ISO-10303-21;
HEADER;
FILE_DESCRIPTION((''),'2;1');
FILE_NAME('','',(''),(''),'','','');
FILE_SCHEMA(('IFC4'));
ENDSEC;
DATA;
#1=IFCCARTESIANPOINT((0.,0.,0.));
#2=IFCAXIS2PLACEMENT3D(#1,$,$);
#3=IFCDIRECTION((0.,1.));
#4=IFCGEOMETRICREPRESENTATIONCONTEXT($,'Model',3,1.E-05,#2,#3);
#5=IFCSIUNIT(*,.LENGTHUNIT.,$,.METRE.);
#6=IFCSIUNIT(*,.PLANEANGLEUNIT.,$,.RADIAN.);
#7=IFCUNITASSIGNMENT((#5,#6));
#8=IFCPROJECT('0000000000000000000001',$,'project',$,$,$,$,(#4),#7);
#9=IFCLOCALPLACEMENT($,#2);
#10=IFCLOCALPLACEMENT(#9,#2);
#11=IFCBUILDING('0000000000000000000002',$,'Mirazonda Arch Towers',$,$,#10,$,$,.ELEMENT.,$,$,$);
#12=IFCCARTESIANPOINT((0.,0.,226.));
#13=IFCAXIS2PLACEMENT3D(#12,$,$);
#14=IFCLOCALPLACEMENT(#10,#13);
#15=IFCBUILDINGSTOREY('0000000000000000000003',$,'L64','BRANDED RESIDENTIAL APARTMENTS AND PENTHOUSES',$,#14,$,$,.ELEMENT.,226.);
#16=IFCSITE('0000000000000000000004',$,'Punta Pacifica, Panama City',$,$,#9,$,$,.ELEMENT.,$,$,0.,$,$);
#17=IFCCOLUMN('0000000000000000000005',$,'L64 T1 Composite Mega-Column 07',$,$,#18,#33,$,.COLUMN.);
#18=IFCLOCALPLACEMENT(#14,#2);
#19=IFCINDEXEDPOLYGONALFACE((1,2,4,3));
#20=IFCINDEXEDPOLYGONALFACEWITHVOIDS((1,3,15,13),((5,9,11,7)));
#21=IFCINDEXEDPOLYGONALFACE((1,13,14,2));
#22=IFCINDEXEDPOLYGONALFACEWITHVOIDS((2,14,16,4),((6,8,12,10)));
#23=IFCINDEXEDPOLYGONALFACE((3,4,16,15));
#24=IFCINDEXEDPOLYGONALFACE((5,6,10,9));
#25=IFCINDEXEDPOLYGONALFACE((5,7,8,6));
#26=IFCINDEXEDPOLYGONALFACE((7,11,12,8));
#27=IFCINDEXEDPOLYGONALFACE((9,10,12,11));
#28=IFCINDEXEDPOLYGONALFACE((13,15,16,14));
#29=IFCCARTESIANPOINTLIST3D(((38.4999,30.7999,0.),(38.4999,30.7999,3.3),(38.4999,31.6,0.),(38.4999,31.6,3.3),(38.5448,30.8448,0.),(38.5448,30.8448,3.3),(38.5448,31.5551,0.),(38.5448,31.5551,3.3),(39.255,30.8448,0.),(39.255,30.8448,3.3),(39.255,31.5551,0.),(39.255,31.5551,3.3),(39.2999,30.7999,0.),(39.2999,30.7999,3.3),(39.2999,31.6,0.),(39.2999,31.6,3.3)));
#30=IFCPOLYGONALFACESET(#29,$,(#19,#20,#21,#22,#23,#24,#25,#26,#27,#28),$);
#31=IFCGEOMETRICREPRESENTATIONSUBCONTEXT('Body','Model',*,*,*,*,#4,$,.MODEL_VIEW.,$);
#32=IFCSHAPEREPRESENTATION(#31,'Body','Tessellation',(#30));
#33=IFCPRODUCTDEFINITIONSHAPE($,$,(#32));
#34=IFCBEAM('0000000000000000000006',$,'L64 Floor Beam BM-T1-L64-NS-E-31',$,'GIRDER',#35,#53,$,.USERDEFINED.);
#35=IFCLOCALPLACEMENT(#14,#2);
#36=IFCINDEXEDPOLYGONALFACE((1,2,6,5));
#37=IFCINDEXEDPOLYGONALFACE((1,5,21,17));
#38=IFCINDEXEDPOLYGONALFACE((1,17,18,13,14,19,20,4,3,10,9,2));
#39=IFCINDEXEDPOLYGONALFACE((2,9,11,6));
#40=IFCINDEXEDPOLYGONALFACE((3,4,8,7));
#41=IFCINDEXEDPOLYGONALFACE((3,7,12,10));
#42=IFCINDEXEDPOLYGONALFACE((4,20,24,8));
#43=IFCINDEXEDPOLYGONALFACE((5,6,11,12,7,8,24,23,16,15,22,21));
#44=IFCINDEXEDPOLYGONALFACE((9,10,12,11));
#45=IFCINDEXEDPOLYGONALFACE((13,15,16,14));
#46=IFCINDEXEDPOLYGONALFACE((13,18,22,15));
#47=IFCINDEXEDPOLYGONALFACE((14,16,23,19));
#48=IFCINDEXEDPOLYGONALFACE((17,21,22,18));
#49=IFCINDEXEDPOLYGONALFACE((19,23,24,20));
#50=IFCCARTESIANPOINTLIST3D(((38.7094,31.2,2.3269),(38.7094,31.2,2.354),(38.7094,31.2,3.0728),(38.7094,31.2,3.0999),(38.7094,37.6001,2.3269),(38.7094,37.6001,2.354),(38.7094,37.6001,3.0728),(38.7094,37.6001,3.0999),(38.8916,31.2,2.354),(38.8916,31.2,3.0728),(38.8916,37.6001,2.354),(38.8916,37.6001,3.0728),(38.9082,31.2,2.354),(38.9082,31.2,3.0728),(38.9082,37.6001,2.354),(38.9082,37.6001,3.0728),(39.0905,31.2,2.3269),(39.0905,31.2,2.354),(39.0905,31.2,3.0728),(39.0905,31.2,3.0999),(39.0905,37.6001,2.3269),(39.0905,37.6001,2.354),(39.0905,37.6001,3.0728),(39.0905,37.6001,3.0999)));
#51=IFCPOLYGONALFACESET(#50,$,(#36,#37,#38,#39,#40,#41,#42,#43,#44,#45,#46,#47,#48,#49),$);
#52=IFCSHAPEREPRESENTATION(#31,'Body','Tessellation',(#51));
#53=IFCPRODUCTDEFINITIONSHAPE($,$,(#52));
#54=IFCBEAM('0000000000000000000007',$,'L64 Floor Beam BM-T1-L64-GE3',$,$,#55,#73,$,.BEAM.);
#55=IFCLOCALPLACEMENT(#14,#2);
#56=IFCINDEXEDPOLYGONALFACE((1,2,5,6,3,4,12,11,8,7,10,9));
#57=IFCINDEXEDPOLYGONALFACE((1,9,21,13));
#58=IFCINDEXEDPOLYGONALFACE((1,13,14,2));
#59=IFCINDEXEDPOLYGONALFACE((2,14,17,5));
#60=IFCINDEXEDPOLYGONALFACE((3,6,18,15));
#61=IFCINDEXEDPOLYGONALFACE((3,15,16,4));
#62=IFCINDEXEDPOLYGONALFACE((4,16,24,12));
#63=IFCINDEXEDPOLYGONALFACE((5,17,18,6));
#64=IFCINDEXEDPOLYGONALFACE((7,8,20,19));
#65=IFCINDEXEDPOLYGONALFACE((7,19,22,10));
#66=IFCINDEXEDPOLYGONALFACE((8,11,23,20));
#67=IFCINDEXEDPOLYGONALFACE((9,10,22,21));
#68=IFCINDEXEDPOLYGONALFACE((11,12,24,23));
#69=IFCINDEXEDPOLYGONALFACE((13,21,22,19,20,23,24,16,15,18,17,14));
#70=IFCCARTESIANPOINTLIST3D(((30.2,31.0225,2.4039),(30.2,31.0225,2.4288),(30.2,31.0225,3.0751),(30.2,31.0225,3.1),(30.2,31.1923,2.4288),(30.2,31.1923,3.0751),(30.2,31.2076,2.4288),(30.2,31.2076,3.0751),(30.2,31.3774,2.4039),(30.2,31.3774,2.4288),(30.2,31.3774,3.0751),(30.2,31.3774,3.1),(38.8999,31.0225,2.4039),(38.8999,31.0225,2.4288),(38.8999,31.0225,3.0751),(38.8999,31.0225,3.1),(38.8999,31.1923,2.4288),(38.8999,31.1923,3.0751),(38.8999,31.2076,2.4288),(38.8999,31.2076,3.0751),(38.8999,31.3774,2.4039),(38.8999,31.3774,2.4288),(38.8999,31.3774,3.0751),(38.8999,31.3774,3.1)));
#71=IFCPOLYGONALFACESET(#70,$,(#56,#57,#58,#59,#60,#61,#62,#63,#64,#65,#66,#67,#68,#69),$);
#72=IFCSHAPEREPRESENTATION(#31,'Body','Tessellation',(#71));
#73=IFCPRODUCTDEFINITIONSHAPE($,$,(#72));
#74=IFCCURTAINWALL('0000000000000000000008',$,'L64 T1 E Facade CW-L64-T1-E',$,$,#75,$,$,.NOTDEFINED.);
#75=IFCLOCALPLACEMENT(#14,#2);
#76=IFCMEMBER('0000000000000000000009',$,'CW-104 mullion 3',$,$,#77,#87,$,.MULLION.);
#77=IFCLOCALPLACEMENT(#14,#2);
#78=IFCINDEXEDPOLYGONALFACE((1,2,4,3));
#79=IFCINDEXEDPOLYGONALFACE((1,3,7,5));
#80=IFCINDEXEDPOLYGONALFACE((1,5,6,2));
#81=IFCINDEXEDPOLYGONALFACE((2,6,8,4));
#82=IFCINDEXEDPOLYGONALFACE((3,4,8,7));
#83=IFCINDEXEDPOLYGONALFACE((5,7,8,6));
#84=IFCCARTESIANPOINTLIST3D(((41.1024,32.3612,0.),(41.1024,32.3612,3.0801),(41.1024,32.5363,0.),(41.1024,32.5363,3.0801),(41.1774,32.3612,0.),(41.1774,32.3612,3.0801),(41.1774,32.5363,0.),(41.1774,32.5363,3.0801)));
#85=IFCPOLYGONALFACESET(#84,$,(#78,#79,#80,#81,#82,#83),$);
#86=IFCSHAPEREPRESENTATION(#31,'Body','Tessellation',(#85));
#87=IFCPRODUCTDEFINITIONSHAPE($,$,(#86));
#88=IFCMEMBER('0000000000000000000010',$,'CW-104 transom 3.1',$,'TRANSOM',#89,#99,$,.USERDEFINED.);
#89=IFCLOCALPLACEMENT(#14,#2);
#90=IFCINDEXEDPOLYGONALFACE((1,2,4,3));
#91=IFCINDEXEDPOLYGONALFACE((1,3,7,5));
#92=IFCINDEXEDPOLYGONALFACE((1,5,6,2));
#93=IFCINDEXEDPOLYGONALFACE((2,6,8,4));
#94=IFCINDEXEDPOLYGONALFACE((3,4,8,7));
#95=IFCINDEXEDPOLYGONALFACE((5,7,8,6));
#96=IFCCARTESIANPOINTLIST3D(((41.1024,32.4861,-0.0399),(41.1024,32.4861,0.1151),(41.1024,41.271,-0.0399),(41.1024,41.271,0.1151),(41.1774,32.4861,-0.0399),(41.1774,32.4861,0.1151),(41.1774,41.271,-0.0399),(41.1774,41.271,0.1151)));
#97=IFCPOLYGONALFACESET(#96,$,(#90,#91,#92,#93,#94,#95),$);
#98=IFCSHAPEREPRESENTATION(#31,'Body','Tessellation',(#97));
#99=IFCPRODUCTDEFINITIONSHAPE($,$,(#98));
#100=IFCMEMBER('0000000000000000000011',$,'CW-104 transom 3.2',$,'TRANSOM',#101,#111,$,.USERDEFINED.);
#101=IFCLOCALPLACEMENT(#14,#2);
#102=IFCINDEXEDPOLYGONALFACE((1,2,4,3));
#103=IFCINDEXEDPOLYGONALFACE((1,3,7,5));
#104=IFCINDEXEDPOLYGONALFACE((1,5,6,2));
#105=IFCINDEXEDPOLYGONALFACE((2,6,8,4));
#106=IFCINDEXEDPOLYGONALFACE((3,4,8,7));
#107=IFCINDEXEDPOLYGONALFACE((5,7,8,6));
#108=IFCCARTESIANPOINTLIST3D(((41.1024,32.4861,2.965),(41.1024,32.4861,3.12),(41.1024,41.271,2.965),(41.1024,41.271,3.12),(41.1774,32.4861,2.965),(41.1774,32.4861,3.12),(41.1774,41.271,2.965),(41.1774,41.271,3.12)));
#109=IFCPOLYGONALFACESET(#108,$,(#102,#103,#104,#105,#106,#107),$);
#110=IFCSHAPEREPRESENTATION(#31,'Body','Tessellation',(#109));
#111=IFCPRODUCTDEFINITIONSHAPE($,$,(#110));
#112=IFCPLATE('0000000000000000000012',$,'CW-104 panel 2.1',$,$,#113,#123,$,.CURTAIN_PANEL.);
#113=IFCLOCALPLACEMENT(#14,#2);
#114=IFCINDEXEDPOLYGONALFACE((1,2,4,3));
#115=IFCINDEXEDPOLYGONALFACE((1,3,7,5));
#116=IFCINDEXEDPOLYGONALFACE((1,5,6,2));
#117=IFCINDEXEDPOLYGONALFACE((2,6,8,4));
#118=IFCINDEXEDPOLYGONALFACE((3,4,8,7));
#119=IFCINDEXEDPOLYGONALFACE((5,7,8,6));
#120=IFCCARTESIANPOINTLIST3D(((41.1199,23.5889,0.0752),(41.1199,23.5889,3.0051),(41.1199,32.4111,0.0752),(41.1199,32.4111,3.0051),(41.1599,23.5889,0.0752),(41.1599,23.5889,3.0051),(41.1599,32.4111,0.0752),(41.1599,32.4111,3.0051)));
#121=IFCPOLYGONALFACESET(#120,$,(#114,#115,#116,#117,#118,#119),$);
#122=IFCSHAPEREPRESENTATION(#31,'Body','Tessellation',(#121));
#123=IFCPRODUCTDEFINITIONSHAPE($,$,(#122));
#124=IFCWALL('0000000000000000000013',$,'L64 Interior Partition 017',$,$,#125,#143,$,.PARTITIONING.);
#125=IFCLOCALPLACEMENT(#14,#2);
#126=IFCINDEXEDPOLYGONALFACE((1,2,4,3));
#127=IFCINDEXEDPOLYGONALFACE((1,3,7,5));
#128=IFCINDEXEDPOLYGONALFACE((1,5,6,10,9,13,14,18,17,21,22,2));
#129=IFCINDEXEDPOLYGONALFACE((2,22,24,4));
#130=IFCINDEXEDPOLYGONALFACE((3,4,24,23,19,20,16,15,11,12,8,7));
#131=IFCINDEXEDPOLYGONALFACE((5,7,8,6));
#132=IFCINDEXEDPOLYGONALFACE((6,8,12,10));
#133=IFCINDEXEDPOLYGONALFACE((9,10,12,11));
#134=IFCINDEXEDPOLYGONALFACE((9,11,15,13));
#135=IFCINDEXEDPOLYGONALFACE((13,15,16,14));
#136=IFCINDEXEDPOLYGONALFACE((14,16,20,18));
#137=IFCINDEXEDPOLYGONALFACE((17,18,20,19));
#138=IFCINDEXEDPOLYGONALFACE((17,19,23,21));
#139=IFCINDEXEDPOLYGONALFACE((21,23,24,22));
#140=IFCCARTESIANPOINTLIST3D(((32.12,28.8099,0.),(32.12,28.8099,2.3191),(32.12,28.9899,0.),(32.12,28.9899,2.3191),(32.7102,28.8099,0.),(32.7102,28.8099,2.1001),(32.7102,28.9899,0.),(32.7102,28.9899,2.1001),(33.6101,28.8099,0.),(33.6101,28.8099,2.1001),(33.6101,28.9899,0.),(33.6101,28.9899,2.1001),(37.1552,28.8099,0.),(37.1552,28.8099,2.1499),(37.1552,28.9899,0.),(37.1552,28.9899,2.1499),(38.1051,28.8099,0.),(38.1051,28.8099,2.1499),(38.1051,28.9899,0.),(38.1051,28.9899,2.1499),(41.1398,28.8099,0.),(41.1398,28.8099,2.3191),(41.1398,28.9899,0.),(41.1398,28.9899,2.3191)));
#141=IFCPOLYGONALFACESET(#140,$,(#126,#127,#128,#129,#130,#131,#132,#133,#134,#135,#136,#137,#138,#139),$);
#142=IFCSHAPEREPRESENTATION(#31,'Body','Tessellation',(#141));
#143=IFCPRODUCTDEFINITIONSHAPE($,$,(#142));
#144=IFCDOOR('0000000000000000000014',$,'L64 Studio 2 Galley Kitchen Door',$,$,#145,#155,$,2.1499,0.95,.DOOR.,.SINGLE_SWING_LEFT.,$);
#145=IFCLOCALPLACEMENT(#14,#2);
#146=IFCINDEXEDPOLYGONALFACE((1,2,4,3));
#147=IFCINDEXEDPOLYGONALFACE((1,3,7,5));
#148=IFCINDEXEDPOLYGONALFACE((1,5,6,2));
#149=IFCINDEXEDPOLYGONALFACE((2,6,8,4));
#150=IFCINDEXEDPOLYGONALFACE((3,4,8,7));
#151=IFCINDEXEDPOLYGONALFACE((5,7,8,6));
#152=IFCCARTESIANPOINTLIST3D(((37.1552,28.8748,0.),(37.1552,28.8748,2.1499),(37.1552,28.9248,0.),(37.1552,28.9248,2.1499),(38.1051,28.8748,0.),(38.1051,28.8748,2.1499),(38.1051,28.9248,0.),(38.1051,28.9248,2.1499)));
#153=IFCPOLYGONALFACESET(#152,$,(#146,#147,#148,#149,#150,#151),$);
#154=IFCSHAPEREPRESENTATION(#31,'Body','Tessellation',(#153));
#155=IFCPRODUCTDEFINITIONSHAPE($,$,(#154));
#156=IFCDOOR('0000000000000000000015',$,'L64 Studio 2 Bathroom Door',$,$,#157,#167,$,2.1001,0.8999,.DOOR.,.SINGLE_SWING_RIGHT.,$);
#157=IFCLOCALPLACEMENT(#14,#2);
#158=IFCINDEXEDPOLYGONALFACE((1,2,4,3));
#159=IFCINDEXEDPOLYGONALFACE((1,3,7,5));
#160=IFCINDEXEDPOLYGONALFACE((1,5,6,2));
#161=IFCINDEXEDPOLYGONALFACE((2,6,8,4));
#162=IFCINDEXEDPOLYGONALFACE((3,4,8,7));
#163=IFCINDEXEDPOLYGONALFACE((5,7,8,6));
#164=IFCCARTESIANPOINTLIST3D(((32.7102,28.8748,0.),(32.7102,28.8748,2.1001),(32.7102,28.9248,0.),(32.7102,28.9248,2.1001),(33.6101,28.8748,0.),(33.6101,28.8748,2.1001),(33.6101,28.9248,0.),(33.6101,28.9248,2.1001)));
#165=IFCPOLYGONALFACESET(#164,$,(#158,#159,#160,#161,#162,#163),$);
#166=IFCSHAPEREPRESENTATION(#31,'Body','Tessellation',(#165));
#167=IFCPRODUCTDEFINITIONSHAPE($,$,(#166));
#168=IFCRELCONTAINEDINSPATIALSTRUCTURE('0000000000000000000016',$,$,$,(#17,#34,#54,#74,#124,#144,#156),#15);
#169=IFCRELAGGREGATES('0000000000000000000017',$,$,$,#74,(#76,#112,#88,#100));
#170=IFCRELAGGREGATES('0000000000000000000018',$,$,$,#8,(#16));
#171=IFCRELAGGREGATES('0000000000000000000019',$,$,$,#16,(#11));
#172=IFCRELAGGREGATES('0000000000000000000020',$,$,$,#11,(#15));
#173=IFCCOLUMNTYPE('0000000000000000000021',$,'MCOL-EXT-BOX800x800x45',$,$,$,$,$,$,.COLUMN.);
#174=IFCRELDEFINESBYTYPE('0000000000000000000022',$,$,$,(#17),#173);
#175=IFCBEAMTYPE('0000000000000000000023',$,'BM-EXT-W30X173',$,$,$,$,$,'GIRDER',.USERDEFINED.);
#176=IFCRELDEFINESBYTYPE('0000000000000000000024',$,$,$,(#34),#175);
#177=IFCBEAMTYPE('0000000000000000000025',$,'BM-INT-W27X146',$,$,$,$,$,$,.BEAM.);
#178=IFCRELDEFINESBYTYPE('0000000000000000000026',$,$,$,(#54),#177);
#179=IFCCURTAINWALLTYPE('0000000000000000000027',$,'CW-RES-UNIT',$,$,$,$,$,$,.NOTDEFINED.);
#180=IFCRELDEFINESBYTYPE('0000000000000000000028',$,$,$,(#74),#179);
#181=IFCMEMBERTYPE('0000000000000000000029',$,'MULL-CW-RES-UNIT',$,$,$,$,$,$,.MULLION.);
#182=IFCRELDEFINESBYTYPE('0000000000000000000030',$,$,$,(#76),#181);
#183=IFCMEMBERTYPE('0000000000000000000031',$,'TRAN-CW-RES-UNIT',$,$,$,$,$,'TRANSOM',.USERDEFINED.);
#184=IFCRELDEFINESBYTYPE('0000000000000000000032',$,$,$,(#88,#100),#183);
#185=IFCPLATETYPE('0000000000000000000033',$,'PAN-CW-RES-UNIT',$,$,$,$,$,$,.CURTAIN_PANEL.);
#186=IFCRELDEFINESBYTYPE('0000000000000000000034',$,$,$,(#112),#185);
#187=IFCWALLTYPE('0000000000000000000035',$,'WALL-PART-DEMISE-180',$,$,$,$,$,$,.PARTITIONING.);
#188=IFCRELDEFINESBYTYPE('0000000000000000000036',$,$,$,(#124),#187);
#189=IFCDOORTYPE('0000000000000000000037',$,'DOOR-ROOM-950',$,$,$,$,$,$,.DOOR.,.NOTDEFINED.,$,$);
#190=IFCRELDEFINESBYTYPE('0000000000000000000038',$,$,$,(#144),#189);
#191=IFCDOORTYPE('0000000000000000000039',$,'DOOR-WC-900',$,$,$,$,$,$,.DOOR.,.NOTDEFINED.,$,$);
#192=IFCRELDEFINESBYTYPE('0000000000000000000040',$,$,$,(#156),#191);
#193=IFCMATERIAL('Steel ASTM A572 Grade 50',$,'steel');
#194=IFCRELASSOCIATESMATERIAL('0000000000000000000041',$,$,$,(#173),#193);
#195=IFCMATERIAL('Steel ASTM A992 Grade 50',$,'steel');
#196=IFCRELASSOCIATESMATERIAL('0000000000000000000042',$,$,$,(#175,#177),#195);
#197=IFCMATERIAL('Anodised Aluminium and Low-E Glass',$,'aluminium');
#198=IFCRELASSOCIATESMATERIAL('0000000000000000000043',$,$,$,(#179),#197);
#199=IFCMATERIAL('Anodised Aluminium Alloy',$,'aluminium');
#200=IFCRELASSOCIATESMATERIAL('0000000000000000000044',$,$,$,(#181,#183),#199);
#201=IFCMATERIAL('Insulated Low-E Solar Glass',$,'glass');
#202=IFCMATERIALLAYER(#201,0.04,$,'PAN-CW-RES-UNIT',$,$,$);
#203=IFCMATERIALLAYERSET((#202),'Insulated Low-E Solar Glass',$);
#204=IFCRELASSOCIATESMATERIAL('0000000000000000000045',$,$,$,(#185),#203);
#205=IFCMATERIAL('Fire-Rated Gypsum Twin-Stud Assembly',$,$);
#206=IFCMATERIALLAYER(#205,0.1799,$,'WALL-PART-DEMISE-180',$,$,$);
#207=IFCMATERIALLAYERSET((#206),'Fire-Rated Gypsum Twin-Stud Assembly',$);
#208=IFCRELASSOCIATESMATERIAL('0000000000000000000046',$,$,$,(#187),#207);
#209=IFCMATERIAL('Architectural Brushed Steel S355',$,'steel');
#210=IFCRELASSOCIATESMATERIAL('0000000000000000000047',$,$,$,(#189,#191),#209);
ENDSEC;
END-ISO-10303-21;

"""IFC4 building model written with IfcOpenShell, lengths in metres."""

from ifc_helpers import new_model, si_unit, direction, frame, frame_2d, origin, origin_2d, place, context, subcontext, project, spatial, rectangle, hollow_rectangle, i_section, extrude, material, layer, layer_set, material_profile, profile_set, type_object, element, fill, aggregate, save


model = new_model("IFC4")

# Units and contexts
model_context = context("Model", 3, precision=1e-05, world=origin(), true_north=direction((0.0, 1.0)))
body_context = subcontext(model_context, "Body", "Model", "MODEL_VIEW")
ifc_project = project(units=[si_unit("LENGTHUNIT", "METRE"), si_unit("PLANEANGLEUNIT", "RADIAN")], contexts=[model_context])

# Site, building, storey
site_placement = place(None, origin())
site = spatial("IfcSite", under=ifc_project, at=site_placement, Name="Punta Pacifica, Panama City", CompositionType="ELEMENT", RefElevation=0.0)
building_placement = place(site_placement, origin())
building = spatial("IfcBuilding", under=site, at=building_placement, Name="Mirazonda Arch Towers", CompositionType="ELEMENT")
storey_placement = place(building_placement, frame((0.0, 0.0, 226.0)))
storey = spatial("IfcBuildingStorey", under=building, at=storey_placement, Name="L64", Description="BRANDED RESIDENTIAL APARTMENTS AND PENTHOUSES", CompositionType="ELEMENT", Elevation=226.0)

# Column
ifc_material_1 = material(Name="Steel ASTM A572 Grade 50", Category="steel")
ifc_material_profile_1 = material_profile(ifc_material_1, hollow_rectangle(XDim=0.8, YDim=0.8, WallThickness=0.0449, at=origin_2d()), Name="BOX800x800x45")
ifc_profile_set_1 = profile_set([ifc_material_profile_1], Name="Steel ASTM A572 Grade 50")
column_type = type_object("IfcColumnType", Name="MCOL-EXT-BOX800x800x45", PredefinedType="COLUMN", material=ifc_profile_set_1)
column_placement = place(storey_placement, frame((38.8999, 31.2, 0.0), z_axis=(0.0, 0.0, 1.0), x_axis=(1.0, 0.0, 0.0)))
element("IfcColumn", 1, at=column_placement, inside=storey, type_object=column_type, Name="L64 T1 Composite Mega-Column 07", PredefinedType="COLUMN", context=body_context, shape_type="SweptSolid", body=[
    extrude(hollow_rectangle(XDim=0.8, YDim=0.8, WallThickness=0.0449, at=origin_2d()), origin(), (0.0, 0.0, 1.0), 3.3),
])

# Beams
ifc_material_2 = material(Name="Steel ASTM A992 Grade 50", Category="steel")
ifc_material_profile_2 = material_profile(ifc_material_2, i_section(OverallWidth=0.3811, OverallDepth=0.7729, WebThickness=0.0166, FlangeThickness=0.0271, at=origin_2d()), Name="W30X173")
ifc_profile_set_2 = profile_set([ifc_material_profile_2], Name="Steel ASTM A992 Grade 50")
beam_type_1 = type_object("IfcBeamType", Name="BM-EXT-W30X173", ElementType="GIRDER", PredefinedType="USERDEFINED", material=ifc_profile_set_2)
beam_1_placement = place(storey_placement, frame((38.8999, 31.2, 2.7134), z_axis=(0.0, 1.0, 0.0), x_axis=(-1.0, 0.0, 0.0)))
element("IfcBeam", 2, at=beam_1_placement, inside=storey, type_object=beam_type_1, Name="L64 Floor Beam BM-T1-L64-NS-E-31", ObjectType="GIRDER", PredefinedType="USERDEFINED", context=body_context, shape_type="SweptSolid", body=[
    extrude(i_section(OverallWidth=0.3811, OverallDepth=0.7729, WebThickness=0.0166, FlangeThickness=0.0271, at=origin_2d()), origin(), (0.0, 0.0, 1.0), 6.4001),
])
ifc_material_profile_3 = material_profile(ifc_material_2, i_section(OverallWidth=0.355, OverallDepth=0.696, WebThickness=0.0154, FlangeThickness=0.0249, at=origin_2d()), Name="W27X146")
ifc_profile_set_3 = profile_set([ifc_material_profile_3], Name="Steel ASTM A992 Grade 50")
beam_type_2 = type_object("IfcBeamType", Name="BM-INT-W27X146", PredefinedType="BEAM", material=ifc_profile_set_3)
beam_2_placement = place(storey_placement, frame((30.2, 31.2, 2.752), z_axis=(1.0, 0.0, 0.0), x_axis=(0.0, 1.0, 0.0)))
element("IfcBeam", 3, at=beam_2_placement, inside=storey, type_object=beam_type_2, Name="L64 Floor Beam BM-T1-L64-GE3", PredefinedType="BEAM", context=body_context, shape_type="SweptSolid", body=[
    extrude(i_section(OverallWidth=0.355, OverallDepth=0.696, WebThickness=0.0154, FlangeThickness=0.0249, at=origin_2d()), origin(), (0.0, 0.0, 1.0), 8.7),
])

# Curtain wall, members, plate
ifc_material_3 = material(Name="Anodised Aluminium and Low-E Glass", Category="aluminium")
curtain_wall_type = type_object("IfcCurtainWallType", Name="CW-RES-UNIT", PredefinedType="NOTDEFINED", material=ifc_material_3)
curtain_wall_placement = place(storey_placement, origin())
curtain_wall = element("IfcCurtainWall", 4, at=curtain_wall_placement, inside=storey, type_object=curtain_wall_type, Name="L64 T1 E Facade CW-L64-T1-E", PredefinedType="NOTDEFINED")
ifc_material_4 = material(Name="Anodised Aluminium Alloy", Category="aluminium")
ifc_material_profile_4 = material_profile(ifc_material_4, rectangle(XDim=0.075, YDim=0.175, at=origin_2d()), Name="ALU-MULL-75x175")
ifc_profile_set_4 = profile_set([ifc_material_profile_4], Name="Anodised Aluminium Alloy")
member_type_1 = type_object("IfcMemberType", Name="MULL-CW-RES-UNIT", PredefinedType="MULLION", material=ifc_profile_set_4)
member_1_placement = place(storey_placement, frame((41.1399, 32.4487, 0.0), z_axis=(0.0, 0.0, 1.0), x_axis=(-1.0, 0.0, 0.0)))
member_1 = element("IfcMember", 5, at=member_1_placement, type_object=member_type_1, Name="CW-104 mullion 3", PredefinedType="MULLION", context=body_context, shape_type="SweptSolid", body=[
    extrude(rectangle(XDim=0.075, YDim=0.175, at=origin_2d()), origin(), (0.0, 0.0, 1.0), 3.0801),
])
ifc_material_profile_5 = material_profile(ifc_material_4, rectangle(XDim=0.075, YDim=0.155, at=origin_2d()), Name="ALU-TRAN-75x155")
ifc_profile_set_5 = profile_set([ifc_material_profile_5], Name="Anodised Aluminium Alloy")
member_type_2 = type_object("IfcMemberType", Name="TRAN-CW-RES-UNIT", ElementType="TRANSOM", PredefinedType="USERDEFINED", material=ifc_profile_set_5)
member_2_placement = place(storey_placement, frame((41.1399, 32.4861, 0.0376), z_axis=(0.0, 1.0, 0.0), x_axis=(-1.0, 0.0, 0.0)))
member_2 = element("IfcMember", 6, at=member_2_placement, type_object=member_type_2, Name="CW-104 transom 3.1", ObjectType="TRANSOM", PredefinedType="USERDEFINED", context=body_context, shape_type="SweptSolid", body=[
    extrude(rectangle(XDim=0.075, YDim=0.155, at=origin_2d()), origin(), (0.0, 0.0, 1.0), 8.7849),
])
member_3_placement = place(storey_placement, frame((41.1399, 32.4861, 3.0425), z_axis=(0.0, 1.0, 0.0), x_axis=(-1.0, 0.0, 0.0)))
member_3 = element("IfcMember", 7, at=member_3_placement, type_object=member_type_2, Name="CW-104 transom 3.2", ObjectType="TRANSOM", PredefinedType="USERDEFINED", context=body_context, shape_type="SweptSolid", body=[
    extrude(rectangle(XDim=0.075, YDim=0.155, at=origin_2d()), origin(), (0.0, 0.0, 1.0), 8.7849),
])
ifc_material_5 = material(Name="Insulated Low-E Solar Glass", Category="glass")
ifc_layer_1 = layer(ifc_material_5, 0.04, Name="PAN-CW-RES-UNIT")
ifc_layer_set_1 = layer_set([ifc_layer_1], Name="Insulated Low-E Solar Glass")
plate_type = type_object("IfcPlateType", Name="PAN-CW-RES-UNIT", PredefinedType="CURTAIN_PANEL", material=ifc_layer_set_1)
plate_placement = place(storey_placement, frame((41.1399, 28.0, 0.0752), z_axis=(0.0, 0.0, 1.0), x_axis=(0.0, 1.0, 0.0)))
plate = element("IfcPlate", 8, at=plate_placement, type_object=plate_type, Name="CW-104 panel 2.1", PredefinedType="CURTAIN_PANEL", context=body_context, shape_type="SweptSolid", body=[
    extrude(rectangle(XDim=8.8223, YDim=0.04, at=origin_2d()), origin(), (0.0, 0.0, 1.0), 2.9299),
])
aggregate(curtain_wall, [member_1, plate, member_2, member_3])

# Wall, openings, doors
ifc_material_6 = material(Name="Fire-Rated Gypsum Twin-Stud Assembly")
ifc_layer_2 = layer(ifc_material_6, 0.1799, Name="WALL-PART-DEMISE-180")
ifc_layer_set_2 = layer_set([ifc_layer_2], Name="Fire-Rated Gypsum Twin-Stud Assembly")
wall_type_1 = type_object("IfcWallType", Name="WALL-PART-DEMISE-180", PredefinedType="PARTITIONING", material=ifc_layer_set_2)
wall_1_placement = place(storey_placement, frame((32.1201, 28.8999, 0.0), z_axis=(0.0, 0.0, 1.0), x_axis=(1.0, 0.0, 0.0)))
wall_1 = element("IfcWall", 9, at=wall_1_placement, inside=storey, type_object=wall_type_1, Name="L64 Interior Partition 017", PredefinedType="PARTITIONING", context=body_context, shape_type="SweptSolid", body=[
    extrude(rectangle(XDim=9.0198, YDim=0.1799, at=frame_2d((4.5098, 0.0))), origin(), (0.0, 0.0, 1.0), 2.3191),
])
opening_1_placement = place(wall_1_placement, frame((5.0349, 0.0, 0.0)))
opening_1 = element("IfcOpeningElement", 10, at=opening_1_placement, cuts=wall_1, PredefinedType="OPENING", context=body_context, shape_type="SweptSolid", body=[
    extrude(rectangle(XDim=0.95, YDim=2.1499, at=frame_2d((0.4751, 1.075))), frame((0.0, 0.0999, 0.0), z_axis=(0.0, -1.0, 0.0), x_axis=(1.0, 0.0, 0.0)), (0.0, 0.0, 1.0), 0.2),
])
opening_2_placement = place(wall_1_placement, frame((0.5901, 0.0, 0.0)))
opening_2 = element("IfcOpeningElement", 11, at=opening_2_placement, cuts=wall_1, PredefinedType="OPENING", context=body_context, shape_type="SweptSolid", body=[
    extrude(rectangle(XDim=0.8999, YDim=2.1001, at=frame_2d((0.45, 1.05))), frame((0.0, 0.0999, 0.0), z_axis=(0.0, -1.0, 0.0), x_axis=(1.0, 0.0, 0.0)), (0.0, 0.0, 1.0), 0.2),
])
ifc_material_7 = material(Name="Architectural Brushed Steel S355", Category="steel")
door_type_1 = type_object("IfcDoorType", Name="DOOR-ROOM-950", OperationType="NOTDEFINED", PredefinedType="DOOR", material=ifc_material_7)
door_1_placement = place(opening_1_placement, origin())
door_1 = element("IfcDoor", 12, at=door_1_placement, inside=storey, type_object=door_type_1, Name="L64 Studio 2 Galley Kitchen Door", OperationType="SINGLE_SWING_LEFT", OverallHeight=2.1499, OverallWidth=0.95, PredefinedType="DOOR", context=body_context, shape_type="SweptSolid", body=[
    extrude(rectangle(XDim=0.95, YDim=2.1499, at=frame_2d((0.4751, 1.075))), frame((0.0, 0.0249, 0.0), z_axis=(0.0, -1.0, 0.0), x_axis=(1.0, 0.0, 0.0)), (0.0, 0.0, 1.0), 0.05),
])
fill(opening_1, door_1)
door_type_2 = type_object("IfcDoorType", Name="DOOR-WC-900", OperationType="NOTDEFINED", PredefinedType="DOOR", material=ifc_material_7)
door_2_placement = place(opening_2_placement, origin())
door_2 = element("IfcDoor", 13, at=door_2_placement, inside=storey, type_object=door_type_2, Name="L64 Studio 2 Bathroom Door", OperationType="SINGLE_SWING_RIGHT", OverallHeight=2.1001, OverallWidth=0.8999, PredefinedType="DOOR", context=body_context, shape_type="SweptSolid", body=[
    extrude(rectangle(XDim=0.8999, YDim=2.1001, at=frame_2d((0.45, 1.05))), frame((0.0, 0.0249, 0.0), z_axis=(0.0, -1.0, 0.0), x_axis=(1.0, 0.0, 0.0)), (0.0, 0.0, 1.0), 0.05),
])
fill(opening_2, door_2)

save(model, "model.ifc")
